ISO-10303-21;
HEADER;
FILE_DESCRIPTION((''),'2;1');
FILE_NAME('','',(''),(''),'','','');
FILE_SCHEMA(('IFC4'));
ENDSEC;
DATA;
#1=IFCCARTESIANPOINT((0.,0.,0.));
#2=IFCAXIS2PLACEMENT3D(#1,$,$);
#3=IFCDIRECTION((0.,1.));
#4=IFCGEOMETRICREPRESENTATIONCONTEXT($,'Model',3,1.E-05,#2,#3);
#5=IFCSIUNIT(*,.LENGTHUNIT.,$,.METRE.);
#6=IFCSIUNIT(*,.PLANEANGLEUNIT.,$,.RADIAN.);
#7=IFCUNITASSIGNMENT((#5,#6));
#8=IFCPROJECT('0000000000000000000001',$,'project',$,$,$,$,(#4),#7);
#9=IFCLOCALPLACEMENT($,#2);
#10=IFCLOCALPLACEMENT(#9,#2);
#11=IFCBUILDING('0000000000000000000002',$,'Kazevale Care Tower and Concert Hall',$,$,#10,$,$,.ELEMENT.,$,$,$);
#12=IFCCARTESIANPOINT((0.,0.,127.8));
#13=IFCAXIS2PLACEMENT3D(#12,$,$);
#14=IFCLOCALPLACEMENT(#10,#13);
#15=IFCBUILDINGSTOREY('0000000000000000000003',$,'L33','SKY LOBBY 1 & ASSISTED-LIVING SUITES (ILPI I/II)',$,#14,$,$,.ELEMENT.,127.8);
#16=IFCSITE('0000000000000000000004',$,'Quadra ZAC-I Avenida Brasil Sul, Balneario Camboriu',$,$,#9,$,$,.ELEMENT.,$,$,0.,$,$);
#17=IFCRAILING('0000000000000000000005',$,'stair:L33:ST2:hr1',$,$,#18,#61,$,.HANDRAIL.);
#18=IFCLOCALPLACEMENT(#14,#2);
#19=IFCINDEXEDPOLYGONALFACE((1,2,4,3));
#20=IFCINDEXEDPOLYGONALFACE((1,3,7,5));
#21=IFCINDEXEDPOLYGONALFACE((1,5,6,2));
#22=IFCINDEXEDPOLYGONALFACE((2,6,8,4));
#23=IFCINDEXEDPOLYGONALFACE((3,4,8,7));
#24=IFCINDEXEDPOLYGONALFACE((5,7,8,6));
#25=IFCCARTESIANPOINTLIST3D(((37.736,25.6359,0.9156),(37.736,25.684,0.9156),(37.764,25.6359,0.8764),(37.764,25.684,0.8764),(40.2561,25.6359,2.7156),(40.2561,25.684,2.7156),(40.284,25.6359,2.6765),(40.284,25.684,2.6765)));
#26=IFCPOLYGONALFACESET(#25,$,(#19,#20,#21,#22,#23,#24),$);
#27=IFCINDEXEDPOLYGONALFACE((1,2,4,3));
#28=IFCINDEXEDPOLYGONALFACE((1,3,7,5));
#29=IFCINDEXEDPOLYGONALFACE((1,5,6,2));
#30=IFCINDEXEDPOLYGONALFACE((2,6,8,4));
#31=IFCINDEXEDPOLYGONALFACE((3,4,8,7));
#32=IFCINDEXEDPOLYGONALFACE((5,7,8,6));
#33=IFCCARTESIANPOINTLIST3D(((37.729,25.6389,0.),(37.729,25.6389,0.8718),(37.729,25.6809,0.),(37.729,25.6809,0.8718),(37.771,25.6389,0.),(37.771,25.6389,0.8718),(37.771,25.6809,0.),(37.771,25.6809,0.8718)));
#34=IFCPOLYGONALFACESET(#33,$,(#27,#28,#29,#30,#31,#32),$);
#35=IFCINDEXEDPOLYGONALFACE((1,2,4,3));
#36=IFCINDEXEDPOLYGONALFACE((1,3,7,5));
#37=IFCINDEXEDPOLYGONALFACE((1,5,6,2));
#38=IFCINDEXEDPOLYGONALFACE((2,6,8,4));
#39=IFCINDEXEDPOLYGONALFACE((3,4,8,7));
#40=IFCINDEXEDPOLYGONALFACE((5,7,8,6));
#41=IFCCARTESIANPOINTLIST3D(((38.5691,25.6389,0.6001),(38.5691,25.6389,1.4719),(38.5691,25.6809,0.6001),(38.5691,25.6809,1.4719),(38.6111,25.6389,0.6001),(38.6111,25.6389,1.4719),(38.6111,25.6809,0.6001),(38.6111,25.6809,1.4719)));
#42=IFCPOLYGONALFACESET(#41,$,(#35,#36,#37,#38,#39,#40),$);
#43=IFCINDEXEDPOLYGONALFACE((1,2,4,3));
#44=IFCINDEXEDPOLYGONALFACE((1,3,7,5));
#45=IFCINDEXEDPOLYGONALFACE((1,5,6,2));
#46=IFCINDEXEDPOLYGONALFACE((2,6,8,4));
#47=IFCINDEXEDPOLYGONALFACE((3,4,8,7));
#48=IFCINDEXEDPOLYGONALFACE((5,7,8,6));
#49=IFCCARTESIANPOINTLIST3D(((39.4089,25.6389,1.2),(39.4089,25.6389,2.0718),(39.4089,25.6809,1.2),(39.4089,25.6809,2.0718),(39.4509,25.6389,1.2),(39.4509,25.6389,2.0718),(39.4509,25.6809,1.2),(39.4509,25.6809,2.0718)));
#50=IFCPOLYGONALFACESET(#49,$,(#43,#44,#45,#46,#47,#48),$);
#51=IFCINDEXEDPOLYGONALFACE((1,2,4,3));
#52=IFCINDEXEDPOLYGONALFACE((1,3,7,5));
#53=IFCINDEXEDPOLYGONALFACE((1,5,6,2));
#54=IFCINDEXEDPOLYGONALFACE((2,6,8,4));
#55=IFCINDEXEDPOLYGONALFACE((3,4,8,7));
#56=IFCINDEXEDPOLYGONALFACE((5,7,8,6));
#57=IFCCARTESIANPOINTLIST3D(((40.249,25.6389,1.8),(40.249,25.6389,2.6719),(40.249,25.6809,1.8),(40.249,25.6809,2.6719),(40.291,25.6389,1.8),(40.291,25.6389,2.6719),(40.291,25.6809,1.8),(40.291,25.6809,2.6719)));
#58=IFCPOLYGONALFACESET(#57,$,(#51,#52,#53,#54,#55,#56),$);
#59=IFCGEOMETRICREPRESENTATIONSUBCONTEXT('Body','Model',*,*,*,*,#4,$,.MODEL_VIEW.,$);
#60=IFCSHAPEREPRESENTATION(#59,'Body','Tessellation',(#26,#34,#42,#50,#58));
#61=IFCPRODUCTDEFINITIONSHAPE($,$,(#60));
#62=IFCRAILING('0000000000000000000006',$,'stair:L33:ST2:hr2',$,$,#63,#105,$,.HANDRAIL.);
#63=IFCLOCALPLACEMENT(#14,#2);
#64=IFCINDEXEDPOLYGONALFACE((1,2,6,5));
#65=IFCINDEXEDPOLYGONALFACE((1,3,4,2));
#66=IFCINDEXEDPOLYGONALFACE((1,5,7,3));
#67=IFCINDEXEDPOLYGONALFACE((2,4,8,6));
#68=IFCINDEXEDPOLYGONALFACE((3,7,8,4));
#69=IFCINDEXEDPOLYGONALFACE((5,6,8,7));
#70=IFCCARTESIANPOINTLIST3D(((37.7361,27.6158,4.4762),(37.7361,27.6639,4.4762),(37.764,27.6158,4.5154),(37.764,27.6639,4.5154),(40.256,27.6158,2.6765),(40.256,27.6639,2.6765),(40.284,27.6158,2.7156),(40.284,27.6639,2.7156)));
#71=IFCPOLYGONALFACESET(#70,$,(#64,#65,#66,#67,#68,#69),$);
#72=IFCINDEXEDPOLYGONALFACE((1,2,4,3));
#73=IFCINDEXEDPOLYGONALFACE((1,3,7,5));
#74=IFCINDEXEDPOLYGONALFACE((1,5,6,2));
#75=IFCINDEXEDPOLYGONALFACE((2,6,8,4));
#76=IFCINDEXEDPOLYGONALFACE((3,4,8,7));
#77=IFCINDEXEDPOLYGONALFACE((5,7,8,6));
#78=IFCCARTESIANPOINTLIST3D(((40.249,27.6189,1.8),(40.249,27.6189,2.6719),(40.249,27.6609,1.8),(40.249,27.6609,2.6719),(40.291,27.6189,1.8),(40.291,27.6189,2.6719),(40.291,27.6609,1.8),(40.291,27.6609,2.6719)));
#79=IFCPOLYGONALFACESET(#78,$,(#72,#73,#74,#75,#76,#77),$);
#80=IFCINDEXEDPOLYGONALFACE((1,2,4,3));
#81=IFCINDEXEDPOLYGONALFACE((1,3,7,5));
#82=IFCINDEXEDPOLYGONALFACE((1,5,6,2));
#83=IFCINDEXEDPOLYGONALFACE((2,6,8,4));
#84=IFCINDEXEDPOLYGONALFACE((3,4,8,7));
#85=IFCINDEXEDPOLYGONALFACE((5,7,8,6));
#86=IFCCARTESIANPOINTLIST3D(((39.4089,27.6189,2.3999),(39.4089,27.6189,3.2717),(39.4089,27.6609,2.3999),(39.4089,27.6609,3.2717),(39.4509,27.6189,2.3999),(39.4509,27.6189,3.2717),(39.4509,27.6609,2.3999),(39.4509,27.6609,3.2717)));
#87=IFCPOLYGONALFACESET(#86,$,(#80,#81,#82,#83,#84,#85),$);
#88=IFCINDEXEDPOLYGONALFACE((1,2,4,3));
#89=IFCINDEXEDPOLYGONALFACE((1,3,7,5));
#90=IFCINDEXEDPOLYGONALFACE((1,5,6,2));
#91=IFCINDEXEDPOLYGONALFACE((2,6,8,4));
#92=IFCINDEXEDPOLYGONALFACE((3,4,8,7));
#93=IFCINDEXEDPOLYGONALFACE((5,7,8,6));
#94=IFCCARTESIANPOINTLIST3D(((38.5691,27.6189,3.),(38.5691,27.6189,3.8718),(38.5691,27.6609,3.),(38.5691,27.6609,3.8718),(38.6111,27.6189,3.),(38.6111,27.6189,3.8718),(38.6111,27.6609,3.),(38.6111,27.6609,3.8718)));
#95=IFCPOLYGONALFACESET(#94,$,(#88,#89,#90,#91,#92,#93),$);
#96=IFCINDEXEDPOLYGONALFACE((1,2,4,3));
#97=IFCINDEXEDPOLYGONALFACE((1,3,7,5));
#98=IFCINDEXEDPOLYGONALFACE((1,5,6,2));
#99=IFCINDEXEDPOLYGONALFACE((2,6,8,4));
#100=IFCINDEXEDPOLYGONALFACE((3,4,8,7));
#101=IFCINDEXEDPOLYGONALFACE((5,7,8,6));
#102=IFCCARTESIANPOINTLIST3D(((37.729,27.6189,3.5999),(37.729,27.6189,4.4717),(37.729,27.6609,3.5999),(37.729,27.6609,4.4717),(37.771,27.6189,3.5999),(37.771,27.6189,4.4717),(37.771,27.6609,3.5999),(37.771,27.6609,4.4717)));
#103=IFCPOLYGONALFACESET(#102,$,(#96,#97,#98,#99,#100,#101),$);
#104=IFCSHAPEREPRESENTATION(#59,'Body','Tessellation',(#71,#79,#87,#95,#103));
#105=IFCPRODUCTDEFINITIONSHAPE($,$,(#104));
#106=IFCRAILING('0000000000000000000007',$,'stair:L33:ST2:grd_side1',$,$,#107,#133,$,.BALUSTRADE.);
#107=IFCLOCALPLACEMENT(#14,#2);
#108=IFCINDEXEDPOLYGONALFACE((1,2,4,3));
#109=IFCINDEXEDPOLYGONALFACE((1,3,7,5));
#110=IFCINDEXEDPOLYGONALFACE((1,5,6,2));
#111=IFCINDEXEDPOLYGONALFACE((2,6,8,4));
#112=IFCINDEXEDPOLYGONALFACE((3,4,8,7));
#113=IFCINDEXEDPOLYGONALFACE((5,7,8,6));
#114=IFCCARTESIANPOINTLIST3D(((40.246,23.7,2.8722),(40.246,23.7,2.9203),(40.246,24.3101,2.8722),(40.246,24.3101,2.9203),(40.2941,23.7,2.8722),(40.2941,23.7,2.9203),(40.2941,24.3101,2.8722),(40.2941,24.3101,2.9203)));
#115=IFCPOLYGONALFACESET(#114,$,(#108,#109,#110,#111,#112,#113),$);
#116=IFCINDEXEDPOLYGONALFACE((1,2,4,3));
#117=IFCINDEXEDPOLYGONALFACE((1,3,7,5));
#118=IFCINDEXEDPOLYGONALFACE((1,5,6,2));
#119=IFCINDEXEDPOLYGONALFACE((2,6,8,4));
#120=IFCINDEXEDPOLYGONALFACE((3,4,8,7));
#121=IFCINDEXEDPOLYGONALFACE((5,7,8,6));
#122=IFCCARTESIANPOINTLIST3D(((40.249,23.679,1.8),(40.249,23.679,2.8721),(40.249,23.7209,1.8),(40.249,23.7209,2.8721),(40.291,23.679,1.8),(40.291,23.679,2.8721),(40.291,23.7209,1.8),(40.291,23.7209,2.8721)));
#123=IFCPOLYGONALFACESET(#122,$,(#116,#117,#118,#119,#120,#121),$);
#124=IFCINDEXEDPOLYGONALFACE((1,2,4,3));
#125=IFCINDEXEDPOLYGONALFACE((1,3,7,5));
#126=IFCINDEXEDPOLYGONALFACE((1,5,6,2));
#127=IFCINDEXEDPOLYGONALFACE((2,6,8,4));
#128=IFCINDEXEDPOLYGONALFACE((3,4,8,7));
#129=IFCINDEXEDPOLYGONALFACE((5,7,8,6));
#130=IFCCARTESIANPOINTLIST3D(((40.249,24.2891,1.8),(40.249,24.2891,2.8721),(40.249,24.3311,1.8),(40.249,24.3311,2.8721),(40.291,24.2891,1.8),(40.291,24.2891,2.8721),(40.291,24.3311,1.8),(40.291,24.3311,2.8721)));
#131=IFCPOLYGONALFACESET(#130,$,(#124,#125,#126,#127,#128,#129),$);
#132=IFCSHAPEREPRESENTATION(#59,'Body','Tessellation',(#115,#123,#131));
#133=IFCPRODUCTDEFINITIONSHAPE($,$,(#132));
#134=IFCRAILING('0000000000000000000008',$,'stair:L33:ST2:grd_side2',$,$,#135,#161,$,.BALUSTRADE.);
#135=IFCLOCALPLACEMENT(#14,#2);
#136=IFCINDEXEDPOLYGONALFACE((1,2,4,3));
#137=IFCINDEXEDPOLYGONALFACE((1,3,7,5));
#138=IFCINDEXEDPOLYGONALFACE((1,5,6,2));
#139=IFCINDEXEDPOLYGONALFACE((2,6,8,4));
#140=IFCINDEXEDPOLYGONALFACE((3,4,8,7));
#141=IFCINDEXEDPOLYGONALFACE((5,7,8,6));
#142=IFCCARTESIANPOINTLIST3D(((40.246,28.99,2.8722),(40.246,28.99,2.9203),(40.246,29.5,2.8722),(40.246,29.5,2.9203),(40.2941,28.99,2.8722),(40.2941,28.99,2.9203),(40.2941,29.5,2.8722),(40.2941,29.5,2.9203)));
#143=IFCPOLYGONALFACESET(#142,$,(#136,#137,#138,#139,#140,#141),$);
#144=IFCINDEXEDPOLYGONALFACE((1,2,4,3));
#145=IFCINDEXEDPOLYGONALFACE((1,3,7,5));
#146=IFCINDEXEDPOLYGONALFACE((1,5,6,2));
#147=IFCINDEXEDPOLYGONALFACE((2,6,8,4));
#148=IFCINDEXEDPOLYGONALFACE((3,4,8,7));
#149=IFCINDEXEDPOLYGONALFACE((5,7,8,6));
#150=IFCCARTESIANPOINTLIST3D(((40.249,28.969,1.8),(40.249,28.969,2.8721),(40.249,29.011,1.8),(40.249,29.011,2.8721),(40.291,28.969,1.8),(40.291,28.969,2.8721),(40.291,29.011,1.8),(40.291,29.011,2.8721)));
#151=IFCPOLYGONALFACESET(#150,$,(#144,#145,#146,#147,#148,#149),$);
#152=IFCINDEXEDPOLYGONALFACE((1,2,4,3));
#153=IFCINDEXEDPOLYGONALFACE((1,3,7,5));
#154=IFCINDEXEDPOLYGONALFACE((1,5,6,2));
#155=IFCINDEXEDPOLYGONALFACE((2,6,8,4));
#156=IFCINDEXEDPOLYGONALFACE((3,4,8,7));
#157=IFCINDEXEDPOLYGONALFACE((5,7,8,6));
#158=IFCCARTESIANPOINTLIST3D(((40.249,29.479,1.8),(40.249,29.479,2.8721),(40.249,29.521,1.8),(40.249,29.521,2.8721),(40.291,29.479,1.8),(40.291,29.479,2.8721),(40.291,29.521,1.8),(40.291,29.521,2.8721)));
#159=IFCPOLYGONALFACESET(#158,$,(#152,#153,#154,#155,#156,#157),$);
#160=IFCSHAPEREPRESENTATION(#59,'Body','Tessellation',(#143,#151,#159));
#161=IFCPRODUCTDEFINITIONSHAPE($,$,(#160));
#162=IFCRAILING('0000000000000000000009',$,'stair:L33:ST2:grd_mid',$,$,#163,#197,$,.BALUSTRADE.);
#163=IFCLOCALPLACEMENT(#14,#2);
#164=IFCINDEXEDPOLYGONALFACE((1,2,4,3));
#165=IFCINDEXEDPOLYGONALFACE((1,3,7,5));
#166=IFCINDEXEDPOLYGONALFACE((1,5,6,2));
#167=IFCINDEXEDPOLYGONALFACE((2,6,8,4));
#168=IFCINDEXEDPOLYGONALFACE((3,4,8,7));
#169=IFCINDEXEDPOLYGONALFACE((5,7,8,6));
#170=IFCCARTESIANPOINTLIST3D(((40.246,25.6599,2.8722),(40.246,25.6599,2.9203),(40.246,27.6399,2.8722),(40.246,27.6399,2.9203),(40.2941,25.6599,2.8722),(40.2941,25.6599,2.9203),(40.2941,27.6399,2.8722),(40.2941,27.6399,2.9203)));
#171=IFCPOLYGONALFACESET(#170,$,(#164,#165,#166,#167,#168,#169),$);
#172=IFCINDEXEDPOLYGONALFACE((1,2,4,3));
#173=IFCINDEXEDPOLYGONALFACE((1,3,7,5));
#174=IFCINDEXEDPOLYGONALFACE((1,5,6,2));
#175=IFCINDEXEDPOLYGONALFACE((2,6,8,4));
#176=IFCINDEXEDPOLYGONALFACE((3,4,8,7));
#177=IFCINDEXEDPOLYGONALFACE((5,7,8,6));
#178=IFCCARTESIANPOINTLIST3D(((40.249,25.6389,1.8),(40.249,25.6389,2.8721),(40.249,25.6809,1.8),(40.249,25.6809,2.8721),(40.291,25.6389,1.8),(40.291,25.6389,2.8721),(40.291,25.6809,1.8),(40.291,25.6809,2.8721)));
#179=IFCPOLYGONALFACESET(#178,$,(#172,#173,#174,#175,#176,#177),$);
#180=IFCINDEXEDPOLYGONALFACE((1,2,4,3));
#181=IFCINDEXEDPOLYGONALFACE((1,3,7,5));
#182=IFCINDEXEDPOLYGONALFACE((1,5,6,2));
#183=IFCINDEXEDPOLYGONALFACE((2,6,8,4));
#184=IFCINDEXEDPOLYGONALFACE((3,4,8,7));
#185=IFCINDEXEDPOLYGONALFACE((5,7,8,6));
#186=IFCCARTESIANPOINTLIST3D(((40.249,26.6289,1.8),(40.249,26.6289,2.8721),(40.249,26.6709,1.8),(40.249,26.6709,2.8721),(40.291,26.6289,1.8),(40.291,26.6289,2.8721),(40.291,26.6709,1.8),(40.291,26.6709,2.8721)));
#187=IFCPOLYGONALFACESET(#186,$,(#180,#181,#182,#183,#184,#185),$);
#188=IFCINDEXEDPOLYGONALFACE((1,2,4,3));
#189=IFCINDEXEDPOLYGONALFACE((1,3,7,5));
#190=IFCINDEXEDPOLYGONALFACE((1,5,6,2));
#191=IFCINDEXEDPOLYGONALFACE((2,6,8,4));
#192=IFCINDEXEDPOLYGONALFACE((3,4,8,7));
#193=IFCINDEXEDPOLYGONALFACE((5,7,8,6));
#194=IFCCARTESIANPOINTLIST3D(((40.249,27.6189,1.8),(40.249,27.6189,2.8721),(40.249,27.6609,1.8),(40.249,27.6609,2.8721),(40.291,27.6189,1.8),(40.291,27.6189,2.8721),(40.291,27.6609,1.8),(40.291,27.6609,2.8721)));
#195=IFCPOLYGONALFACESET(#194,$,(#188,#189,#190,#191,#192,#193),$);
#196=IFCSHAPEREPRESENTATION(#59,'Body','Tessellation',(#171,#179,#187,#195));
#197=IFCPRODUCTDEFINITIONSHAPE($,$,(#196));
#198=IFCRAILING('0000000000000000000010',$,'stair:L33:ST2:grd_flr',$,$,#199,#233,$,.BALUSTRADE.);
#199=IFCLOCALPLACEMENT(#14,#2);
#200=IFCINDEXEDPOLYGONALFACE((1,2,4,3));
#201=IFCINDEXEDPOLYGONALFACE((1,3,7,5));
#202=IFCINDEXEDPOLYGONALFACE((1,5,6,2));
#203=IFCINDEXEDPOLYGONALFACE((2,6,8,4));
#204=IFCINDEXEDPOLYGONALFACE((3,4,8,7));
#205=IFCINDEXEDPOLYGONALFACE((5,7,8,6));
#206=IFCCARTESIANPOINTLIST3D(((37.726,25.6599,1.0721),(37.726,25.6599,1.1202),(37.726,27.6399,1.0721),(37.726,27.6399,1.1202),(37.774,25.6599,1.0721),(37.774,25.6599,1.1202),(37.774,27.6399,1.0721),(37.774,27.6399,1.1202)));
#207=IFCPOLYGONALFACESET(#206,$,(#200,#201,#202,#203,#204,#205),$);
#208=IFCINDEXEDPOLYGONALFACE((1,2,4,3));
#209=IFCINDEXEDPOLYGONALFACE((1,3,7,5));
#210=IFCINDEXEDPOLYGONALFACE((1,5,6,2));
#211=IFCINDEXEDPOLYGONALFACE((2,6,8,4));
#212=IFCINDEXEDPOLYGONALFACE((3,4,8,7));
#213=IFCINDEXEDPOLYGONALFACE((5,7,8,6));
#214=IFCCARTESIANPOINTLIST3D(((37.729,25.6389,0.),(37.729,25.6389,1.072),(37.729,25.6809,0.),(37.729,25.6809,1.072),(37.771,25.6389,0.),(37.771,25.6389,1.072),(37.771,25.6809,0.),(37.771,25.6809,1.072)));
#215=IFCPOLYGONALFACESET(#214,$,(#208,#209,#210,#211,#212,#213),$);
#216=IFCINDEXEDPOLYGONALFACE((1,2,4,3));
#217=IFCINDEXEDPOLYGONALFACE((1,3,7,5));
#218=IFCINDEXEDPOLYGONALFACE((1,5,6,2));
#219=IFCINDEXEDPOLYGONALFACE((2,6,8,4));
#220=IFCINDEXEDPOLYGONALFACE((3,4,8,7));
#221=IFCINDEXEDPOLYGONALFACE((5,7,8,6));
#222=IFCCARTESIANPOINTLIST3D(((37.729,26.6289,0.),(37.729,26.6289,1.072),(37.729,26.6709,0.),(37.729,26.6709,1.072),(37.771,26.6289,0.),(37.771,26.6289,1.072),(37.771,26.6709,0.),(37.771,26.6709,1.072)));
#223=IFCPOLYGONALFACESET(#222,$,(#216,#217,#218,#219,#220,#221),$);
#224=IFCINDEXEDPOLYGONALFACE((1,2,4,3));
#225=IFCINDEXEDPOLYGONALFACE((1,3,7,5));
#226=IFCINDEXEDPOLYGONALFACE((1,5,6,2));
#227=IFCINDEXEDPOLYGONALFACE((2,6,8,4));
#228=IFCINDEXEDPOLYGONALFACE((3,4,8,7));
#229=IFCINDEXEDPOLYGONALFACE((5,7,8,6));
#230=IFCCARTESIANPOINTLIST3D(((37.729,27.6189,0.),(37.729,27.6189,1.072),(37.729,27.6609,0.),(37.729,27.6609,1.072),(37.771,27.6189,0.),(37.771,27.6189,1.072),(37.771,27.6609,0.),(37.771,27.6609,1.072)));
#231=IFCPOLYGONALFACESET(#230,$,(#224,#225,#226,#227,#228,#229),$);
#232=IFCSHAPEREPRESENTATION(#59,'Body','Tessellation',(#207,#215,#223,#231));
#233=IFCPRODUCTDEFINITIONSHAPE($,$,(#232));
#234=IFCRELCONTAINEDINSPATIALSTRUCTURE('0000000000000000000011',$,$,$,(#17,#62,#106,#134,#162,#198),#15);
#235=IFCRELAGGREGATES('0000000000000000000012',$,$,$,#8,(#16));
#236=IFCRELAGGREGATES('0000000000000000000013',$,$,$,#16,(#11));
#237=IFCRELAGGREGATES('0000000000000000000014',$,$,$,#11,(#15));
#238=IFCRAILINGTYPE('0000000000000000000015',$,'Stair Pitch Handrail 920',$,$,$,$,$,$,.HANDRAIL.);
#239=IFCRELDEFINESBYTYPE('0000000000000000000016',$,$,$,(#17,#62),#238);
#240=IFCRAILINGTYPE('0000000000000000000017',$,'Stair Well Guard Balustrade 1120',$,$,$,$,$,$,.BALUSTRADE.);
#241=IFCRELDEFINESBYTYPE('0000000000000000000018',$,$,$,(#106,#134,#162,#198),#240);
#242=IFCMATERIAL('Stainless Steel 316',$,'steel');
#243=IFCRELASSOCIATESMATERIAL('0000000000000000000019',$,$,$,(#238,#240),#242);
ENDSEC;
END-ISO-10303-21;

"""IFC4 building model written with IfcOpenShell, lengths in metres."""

from ifc_helpers import new_model, si_unit, direction, frame, origin, origin_2d, place, context, subcontext, project, spatial, rectangle, extrude, material, type_object, element, save


model = new_model("IFC4")

# Units and contexts
model_context = context("Model", 3, precision=1e-05, world=origin(), true_north=direction((0.0, 1.0)))
body_context = subcontext(model_context, "Body", "Model", "MODEL_VIEW")
ifc_project = project(units=[si_unit("LENGTHUNIT", "METRE"), si_unit("PLANEANGLEUNIT", "RADIAN")], contexts=[model_context])

# Site, building, storey
site_placement = place(None, origin())
site = spatial("IfcSite", under=ifc_project, at=site_placement, Name="Quadra ZAC-I Avenida Brasil Sul, Balneario Camboriu", CompositionType="ELEMENT", RefElevation=0.0)
building_placement = place(site_placement, origin())
building = spatial("IfcBuilding", under=site, at=building_placement, Name="Kazevale Care Tower and Concert Hall", CompositionType="ELEMENT")
storey_placement = place(building_placement, frame((0.0, 0.0, 127.8)))
storey = spatial("IfcBuildingStorey", under=building, at=storey_placement, Name="L33", Description="SKY LOBBY 1 & ASSISTED-LIVING SUITES (ILPI I/II)", CompositionType="ELEMENT", Elevation=127.8)

# Railings
ifc_material_1 = material(Name="Stainless Steel 316", Category="steel")
railing_type_1 = type_object("IfcRailingType", Name="Stair Pitch Handrail 920", PredefinedType="HANDRAIL", material=ifc_material_1)
railing_1_placement = place(storey_placement, frame((37.75, 25.6599, 0.0)))
element("IfcRailing", 1, at=railing_1_placement, inside=storey, type_object=railing_type_1, Name="stair:L33:ST2:hr1", PredefinedType="HANDRAIL", context=body_context, shape_type="SweptSolid", body=[
    extrude(rectangle(XDim=0.0481, YDim=0.0481, at=origin_2d()), frame((0.0, 0.0, 0.896), z_axis=(0.813728, 0.0, 0.581246), x_axis=(0.0, 1.0, 0.0)), (0.0, 0.0, 1.0), 3.0969),
    extrude(rectangle(XDim=0.042, YDim=0.042, at=origin_2d()), origin(), (0.0, 0.0, 1.0), 0.8718),
    extrude(rectangle(XDim=0.042, YDim=0.042, at=origin_2d()), frame((0.8401, 0.0, 0.6001)), (0.0, 0.0, 1.0), 0.8718),
    extrude(rectangle(XDim=0.042, YDim=0.042, at=origin_2d()), frame((1.6799, 0.0, 1.2)), (0.0, 0.0, 1.0), 0.8718),
    extrude(rectangle(XDim=0.042, YDim=0.042, at=origin_2d()), frame((2.52, 0.0, 1.8)), (0.0, 0.0, 1.0), 0.8718),
])
railing_2_placement = place(storey_placement, frame((40.27, 27.6399, 1.8)))
element("IfcRailing", 2, at=railing_2_placement, inside=storey, type_object=railing_type_1, Name="stair:L33:ST2:hr2", PredefinedType="HANDRAIL", context=body_context, shape_type="SweptSolid", body=[
    extrude(rectangle(XDim=0.0481, YDim=0.0481, at=origin_2d()), frame((0.0, 0.0, 0.896), z_axis=(-0.813765, 0.0, 0.581193), x_axis=(0.0, -1.0, 0.0)), (0.0, 0.0, 1.0), 3.0967),
    extrude(rectangle(XDim=0.042, YDim=0.042, at=origin_2d()), origin(), (0.0, 0.0, 1.0), 0.8718),
    extrude(rectangle(XDim=0.042, YDim=0.042, at=origin_2d()), frame((-0.8401, 0.0, 0.5999)), (0.0, 0.0, 1.0), 0.8718),
    extrude(rectangle(XDim=0.042, YDim=0.042, at=origin_2d()), frame((-1.6799, 0.0, 1.2)), (0.0, 0.0, 1.0), 0.8718),
    extrude(rectangle(XDim=0.042, YDim=0.042, at=origin_2d()), frame((-2.52, 0.0, 1.7998)), (0.0, 0.0, 1.0), 0.8718),
])
railing_type_2 = type_object("IfcRailingType", Name="Stair Well Guard Balustrade 1120", PredefinedType="BALUSTRADE", material=ifc_material_1)
railing_3_placement = place(storey_placement, frame((40.27, 23.7, 1.8)))
element("IfcRailing", 3, at=railing_3_placement, inside=storey, type_object=railing_type_2, Name="stair:L33:ST2:grd_side1", PredefinedType="BALUSTRADE", context=body_context, shape_type="SweptSolid", body=[
    extrude(rectangle(XDim=0.0481, YDim=0.0481, at=origin_2d()), frame((0.0, 0.0, 1.0962), z_axis=(0.0, 1.0, 0.0), x_axis=(-1.0, 0.0, 0.0)), (0.0, 0.0, 1.0), 0.6101),
    extrude(rectangle(XDim=0.042, YDim=0.042, at=origin_2d()), origin(), (0.0, 0.0, 1.0), 1.072),
    extrude(rectangle(XDim=0.042, YDim=0.042, at=origin_2d()), frame((0.0, 0.6101, 0.0)), (0.0, 0.0, 1.0), 1.072),
])
railing_4_placement = place(storey_placement, frame((40.27, 28.99, 1.8)))
element("IfcRailing", 4, at=railing_4_placement, inside=storey, type_object=railing_type_2, Name="stair:L33:ST2:grd_side2", PredefinedType="BALUSTRADE", context=body_context, shape_type="SweptSolid", body=[
    extrude(rectangle(XDim=0.0481, YDim=0.0481, at=origin_2d()), frame((0.0, 0.0, 1.0962), z_axis=(0.0, 1.0, 0.0), x_axis=(-1.0, 0.0, 0.0)), (0.0, 0.0, 1.0), 0.51),
    extrude(rectangle(XDim=0.042, YDim=0.042, at=origin_2d()), origin(), (0.0, 0.0, 1.0), 1.072),
    extrude(rectangle(XDim=0.042, YDim=0.042, at=origin_2d()), frame((0.0, 0.51, 0.0)), (0.0, 0.0, 1.0), 1.072),
])
for number, where, name in (
    (5, (40.27, 25.6599, 1.8), "stair:L33:ST2:grd_mid"),
    (6, (37.75, 25.6599, 0.0), "stair:L33:ST2:grd_flr"),
):
    element("IfcRailing", number, at=place(storey_placement, frame(where)), inside=storey, type_object=railing_type_2, Name=name, PredefinedType="BALUSTRADE", context=body_context, shape_type="SweptSolid", body=[
        extrude(rectangle(XDim=0.0481, YDim=0.0481, at=origin_2d()), frame((0.0, 0.0, 1.0962), z_axis=(0.0, 1.0, 0.0), x_axis=(-1.0, 0.0, 0.0)), (0.0, 0.0, 1.0), 1.98),
        extrude(rectangle(XDim=0.042, YDim=0.042, at=origin_2d()), origin(), (0.0, 0.0, 1.0), 1.072),
        extrude(rectangle(XDim=0.042, YDim=0.042, at=origin_2d()), frame((0.0, 0.99, 0.0)), (0.0, 0.0, 1.0), 1.072),
        extrude(rectangle(XDim=0.042, YDim=0.042, at=origin_2d()), frame((0.0, 1.98, 0.0)), (0.0, 0.0, 1.0), 1.072),
    ])

save(model, "model.ifc")
